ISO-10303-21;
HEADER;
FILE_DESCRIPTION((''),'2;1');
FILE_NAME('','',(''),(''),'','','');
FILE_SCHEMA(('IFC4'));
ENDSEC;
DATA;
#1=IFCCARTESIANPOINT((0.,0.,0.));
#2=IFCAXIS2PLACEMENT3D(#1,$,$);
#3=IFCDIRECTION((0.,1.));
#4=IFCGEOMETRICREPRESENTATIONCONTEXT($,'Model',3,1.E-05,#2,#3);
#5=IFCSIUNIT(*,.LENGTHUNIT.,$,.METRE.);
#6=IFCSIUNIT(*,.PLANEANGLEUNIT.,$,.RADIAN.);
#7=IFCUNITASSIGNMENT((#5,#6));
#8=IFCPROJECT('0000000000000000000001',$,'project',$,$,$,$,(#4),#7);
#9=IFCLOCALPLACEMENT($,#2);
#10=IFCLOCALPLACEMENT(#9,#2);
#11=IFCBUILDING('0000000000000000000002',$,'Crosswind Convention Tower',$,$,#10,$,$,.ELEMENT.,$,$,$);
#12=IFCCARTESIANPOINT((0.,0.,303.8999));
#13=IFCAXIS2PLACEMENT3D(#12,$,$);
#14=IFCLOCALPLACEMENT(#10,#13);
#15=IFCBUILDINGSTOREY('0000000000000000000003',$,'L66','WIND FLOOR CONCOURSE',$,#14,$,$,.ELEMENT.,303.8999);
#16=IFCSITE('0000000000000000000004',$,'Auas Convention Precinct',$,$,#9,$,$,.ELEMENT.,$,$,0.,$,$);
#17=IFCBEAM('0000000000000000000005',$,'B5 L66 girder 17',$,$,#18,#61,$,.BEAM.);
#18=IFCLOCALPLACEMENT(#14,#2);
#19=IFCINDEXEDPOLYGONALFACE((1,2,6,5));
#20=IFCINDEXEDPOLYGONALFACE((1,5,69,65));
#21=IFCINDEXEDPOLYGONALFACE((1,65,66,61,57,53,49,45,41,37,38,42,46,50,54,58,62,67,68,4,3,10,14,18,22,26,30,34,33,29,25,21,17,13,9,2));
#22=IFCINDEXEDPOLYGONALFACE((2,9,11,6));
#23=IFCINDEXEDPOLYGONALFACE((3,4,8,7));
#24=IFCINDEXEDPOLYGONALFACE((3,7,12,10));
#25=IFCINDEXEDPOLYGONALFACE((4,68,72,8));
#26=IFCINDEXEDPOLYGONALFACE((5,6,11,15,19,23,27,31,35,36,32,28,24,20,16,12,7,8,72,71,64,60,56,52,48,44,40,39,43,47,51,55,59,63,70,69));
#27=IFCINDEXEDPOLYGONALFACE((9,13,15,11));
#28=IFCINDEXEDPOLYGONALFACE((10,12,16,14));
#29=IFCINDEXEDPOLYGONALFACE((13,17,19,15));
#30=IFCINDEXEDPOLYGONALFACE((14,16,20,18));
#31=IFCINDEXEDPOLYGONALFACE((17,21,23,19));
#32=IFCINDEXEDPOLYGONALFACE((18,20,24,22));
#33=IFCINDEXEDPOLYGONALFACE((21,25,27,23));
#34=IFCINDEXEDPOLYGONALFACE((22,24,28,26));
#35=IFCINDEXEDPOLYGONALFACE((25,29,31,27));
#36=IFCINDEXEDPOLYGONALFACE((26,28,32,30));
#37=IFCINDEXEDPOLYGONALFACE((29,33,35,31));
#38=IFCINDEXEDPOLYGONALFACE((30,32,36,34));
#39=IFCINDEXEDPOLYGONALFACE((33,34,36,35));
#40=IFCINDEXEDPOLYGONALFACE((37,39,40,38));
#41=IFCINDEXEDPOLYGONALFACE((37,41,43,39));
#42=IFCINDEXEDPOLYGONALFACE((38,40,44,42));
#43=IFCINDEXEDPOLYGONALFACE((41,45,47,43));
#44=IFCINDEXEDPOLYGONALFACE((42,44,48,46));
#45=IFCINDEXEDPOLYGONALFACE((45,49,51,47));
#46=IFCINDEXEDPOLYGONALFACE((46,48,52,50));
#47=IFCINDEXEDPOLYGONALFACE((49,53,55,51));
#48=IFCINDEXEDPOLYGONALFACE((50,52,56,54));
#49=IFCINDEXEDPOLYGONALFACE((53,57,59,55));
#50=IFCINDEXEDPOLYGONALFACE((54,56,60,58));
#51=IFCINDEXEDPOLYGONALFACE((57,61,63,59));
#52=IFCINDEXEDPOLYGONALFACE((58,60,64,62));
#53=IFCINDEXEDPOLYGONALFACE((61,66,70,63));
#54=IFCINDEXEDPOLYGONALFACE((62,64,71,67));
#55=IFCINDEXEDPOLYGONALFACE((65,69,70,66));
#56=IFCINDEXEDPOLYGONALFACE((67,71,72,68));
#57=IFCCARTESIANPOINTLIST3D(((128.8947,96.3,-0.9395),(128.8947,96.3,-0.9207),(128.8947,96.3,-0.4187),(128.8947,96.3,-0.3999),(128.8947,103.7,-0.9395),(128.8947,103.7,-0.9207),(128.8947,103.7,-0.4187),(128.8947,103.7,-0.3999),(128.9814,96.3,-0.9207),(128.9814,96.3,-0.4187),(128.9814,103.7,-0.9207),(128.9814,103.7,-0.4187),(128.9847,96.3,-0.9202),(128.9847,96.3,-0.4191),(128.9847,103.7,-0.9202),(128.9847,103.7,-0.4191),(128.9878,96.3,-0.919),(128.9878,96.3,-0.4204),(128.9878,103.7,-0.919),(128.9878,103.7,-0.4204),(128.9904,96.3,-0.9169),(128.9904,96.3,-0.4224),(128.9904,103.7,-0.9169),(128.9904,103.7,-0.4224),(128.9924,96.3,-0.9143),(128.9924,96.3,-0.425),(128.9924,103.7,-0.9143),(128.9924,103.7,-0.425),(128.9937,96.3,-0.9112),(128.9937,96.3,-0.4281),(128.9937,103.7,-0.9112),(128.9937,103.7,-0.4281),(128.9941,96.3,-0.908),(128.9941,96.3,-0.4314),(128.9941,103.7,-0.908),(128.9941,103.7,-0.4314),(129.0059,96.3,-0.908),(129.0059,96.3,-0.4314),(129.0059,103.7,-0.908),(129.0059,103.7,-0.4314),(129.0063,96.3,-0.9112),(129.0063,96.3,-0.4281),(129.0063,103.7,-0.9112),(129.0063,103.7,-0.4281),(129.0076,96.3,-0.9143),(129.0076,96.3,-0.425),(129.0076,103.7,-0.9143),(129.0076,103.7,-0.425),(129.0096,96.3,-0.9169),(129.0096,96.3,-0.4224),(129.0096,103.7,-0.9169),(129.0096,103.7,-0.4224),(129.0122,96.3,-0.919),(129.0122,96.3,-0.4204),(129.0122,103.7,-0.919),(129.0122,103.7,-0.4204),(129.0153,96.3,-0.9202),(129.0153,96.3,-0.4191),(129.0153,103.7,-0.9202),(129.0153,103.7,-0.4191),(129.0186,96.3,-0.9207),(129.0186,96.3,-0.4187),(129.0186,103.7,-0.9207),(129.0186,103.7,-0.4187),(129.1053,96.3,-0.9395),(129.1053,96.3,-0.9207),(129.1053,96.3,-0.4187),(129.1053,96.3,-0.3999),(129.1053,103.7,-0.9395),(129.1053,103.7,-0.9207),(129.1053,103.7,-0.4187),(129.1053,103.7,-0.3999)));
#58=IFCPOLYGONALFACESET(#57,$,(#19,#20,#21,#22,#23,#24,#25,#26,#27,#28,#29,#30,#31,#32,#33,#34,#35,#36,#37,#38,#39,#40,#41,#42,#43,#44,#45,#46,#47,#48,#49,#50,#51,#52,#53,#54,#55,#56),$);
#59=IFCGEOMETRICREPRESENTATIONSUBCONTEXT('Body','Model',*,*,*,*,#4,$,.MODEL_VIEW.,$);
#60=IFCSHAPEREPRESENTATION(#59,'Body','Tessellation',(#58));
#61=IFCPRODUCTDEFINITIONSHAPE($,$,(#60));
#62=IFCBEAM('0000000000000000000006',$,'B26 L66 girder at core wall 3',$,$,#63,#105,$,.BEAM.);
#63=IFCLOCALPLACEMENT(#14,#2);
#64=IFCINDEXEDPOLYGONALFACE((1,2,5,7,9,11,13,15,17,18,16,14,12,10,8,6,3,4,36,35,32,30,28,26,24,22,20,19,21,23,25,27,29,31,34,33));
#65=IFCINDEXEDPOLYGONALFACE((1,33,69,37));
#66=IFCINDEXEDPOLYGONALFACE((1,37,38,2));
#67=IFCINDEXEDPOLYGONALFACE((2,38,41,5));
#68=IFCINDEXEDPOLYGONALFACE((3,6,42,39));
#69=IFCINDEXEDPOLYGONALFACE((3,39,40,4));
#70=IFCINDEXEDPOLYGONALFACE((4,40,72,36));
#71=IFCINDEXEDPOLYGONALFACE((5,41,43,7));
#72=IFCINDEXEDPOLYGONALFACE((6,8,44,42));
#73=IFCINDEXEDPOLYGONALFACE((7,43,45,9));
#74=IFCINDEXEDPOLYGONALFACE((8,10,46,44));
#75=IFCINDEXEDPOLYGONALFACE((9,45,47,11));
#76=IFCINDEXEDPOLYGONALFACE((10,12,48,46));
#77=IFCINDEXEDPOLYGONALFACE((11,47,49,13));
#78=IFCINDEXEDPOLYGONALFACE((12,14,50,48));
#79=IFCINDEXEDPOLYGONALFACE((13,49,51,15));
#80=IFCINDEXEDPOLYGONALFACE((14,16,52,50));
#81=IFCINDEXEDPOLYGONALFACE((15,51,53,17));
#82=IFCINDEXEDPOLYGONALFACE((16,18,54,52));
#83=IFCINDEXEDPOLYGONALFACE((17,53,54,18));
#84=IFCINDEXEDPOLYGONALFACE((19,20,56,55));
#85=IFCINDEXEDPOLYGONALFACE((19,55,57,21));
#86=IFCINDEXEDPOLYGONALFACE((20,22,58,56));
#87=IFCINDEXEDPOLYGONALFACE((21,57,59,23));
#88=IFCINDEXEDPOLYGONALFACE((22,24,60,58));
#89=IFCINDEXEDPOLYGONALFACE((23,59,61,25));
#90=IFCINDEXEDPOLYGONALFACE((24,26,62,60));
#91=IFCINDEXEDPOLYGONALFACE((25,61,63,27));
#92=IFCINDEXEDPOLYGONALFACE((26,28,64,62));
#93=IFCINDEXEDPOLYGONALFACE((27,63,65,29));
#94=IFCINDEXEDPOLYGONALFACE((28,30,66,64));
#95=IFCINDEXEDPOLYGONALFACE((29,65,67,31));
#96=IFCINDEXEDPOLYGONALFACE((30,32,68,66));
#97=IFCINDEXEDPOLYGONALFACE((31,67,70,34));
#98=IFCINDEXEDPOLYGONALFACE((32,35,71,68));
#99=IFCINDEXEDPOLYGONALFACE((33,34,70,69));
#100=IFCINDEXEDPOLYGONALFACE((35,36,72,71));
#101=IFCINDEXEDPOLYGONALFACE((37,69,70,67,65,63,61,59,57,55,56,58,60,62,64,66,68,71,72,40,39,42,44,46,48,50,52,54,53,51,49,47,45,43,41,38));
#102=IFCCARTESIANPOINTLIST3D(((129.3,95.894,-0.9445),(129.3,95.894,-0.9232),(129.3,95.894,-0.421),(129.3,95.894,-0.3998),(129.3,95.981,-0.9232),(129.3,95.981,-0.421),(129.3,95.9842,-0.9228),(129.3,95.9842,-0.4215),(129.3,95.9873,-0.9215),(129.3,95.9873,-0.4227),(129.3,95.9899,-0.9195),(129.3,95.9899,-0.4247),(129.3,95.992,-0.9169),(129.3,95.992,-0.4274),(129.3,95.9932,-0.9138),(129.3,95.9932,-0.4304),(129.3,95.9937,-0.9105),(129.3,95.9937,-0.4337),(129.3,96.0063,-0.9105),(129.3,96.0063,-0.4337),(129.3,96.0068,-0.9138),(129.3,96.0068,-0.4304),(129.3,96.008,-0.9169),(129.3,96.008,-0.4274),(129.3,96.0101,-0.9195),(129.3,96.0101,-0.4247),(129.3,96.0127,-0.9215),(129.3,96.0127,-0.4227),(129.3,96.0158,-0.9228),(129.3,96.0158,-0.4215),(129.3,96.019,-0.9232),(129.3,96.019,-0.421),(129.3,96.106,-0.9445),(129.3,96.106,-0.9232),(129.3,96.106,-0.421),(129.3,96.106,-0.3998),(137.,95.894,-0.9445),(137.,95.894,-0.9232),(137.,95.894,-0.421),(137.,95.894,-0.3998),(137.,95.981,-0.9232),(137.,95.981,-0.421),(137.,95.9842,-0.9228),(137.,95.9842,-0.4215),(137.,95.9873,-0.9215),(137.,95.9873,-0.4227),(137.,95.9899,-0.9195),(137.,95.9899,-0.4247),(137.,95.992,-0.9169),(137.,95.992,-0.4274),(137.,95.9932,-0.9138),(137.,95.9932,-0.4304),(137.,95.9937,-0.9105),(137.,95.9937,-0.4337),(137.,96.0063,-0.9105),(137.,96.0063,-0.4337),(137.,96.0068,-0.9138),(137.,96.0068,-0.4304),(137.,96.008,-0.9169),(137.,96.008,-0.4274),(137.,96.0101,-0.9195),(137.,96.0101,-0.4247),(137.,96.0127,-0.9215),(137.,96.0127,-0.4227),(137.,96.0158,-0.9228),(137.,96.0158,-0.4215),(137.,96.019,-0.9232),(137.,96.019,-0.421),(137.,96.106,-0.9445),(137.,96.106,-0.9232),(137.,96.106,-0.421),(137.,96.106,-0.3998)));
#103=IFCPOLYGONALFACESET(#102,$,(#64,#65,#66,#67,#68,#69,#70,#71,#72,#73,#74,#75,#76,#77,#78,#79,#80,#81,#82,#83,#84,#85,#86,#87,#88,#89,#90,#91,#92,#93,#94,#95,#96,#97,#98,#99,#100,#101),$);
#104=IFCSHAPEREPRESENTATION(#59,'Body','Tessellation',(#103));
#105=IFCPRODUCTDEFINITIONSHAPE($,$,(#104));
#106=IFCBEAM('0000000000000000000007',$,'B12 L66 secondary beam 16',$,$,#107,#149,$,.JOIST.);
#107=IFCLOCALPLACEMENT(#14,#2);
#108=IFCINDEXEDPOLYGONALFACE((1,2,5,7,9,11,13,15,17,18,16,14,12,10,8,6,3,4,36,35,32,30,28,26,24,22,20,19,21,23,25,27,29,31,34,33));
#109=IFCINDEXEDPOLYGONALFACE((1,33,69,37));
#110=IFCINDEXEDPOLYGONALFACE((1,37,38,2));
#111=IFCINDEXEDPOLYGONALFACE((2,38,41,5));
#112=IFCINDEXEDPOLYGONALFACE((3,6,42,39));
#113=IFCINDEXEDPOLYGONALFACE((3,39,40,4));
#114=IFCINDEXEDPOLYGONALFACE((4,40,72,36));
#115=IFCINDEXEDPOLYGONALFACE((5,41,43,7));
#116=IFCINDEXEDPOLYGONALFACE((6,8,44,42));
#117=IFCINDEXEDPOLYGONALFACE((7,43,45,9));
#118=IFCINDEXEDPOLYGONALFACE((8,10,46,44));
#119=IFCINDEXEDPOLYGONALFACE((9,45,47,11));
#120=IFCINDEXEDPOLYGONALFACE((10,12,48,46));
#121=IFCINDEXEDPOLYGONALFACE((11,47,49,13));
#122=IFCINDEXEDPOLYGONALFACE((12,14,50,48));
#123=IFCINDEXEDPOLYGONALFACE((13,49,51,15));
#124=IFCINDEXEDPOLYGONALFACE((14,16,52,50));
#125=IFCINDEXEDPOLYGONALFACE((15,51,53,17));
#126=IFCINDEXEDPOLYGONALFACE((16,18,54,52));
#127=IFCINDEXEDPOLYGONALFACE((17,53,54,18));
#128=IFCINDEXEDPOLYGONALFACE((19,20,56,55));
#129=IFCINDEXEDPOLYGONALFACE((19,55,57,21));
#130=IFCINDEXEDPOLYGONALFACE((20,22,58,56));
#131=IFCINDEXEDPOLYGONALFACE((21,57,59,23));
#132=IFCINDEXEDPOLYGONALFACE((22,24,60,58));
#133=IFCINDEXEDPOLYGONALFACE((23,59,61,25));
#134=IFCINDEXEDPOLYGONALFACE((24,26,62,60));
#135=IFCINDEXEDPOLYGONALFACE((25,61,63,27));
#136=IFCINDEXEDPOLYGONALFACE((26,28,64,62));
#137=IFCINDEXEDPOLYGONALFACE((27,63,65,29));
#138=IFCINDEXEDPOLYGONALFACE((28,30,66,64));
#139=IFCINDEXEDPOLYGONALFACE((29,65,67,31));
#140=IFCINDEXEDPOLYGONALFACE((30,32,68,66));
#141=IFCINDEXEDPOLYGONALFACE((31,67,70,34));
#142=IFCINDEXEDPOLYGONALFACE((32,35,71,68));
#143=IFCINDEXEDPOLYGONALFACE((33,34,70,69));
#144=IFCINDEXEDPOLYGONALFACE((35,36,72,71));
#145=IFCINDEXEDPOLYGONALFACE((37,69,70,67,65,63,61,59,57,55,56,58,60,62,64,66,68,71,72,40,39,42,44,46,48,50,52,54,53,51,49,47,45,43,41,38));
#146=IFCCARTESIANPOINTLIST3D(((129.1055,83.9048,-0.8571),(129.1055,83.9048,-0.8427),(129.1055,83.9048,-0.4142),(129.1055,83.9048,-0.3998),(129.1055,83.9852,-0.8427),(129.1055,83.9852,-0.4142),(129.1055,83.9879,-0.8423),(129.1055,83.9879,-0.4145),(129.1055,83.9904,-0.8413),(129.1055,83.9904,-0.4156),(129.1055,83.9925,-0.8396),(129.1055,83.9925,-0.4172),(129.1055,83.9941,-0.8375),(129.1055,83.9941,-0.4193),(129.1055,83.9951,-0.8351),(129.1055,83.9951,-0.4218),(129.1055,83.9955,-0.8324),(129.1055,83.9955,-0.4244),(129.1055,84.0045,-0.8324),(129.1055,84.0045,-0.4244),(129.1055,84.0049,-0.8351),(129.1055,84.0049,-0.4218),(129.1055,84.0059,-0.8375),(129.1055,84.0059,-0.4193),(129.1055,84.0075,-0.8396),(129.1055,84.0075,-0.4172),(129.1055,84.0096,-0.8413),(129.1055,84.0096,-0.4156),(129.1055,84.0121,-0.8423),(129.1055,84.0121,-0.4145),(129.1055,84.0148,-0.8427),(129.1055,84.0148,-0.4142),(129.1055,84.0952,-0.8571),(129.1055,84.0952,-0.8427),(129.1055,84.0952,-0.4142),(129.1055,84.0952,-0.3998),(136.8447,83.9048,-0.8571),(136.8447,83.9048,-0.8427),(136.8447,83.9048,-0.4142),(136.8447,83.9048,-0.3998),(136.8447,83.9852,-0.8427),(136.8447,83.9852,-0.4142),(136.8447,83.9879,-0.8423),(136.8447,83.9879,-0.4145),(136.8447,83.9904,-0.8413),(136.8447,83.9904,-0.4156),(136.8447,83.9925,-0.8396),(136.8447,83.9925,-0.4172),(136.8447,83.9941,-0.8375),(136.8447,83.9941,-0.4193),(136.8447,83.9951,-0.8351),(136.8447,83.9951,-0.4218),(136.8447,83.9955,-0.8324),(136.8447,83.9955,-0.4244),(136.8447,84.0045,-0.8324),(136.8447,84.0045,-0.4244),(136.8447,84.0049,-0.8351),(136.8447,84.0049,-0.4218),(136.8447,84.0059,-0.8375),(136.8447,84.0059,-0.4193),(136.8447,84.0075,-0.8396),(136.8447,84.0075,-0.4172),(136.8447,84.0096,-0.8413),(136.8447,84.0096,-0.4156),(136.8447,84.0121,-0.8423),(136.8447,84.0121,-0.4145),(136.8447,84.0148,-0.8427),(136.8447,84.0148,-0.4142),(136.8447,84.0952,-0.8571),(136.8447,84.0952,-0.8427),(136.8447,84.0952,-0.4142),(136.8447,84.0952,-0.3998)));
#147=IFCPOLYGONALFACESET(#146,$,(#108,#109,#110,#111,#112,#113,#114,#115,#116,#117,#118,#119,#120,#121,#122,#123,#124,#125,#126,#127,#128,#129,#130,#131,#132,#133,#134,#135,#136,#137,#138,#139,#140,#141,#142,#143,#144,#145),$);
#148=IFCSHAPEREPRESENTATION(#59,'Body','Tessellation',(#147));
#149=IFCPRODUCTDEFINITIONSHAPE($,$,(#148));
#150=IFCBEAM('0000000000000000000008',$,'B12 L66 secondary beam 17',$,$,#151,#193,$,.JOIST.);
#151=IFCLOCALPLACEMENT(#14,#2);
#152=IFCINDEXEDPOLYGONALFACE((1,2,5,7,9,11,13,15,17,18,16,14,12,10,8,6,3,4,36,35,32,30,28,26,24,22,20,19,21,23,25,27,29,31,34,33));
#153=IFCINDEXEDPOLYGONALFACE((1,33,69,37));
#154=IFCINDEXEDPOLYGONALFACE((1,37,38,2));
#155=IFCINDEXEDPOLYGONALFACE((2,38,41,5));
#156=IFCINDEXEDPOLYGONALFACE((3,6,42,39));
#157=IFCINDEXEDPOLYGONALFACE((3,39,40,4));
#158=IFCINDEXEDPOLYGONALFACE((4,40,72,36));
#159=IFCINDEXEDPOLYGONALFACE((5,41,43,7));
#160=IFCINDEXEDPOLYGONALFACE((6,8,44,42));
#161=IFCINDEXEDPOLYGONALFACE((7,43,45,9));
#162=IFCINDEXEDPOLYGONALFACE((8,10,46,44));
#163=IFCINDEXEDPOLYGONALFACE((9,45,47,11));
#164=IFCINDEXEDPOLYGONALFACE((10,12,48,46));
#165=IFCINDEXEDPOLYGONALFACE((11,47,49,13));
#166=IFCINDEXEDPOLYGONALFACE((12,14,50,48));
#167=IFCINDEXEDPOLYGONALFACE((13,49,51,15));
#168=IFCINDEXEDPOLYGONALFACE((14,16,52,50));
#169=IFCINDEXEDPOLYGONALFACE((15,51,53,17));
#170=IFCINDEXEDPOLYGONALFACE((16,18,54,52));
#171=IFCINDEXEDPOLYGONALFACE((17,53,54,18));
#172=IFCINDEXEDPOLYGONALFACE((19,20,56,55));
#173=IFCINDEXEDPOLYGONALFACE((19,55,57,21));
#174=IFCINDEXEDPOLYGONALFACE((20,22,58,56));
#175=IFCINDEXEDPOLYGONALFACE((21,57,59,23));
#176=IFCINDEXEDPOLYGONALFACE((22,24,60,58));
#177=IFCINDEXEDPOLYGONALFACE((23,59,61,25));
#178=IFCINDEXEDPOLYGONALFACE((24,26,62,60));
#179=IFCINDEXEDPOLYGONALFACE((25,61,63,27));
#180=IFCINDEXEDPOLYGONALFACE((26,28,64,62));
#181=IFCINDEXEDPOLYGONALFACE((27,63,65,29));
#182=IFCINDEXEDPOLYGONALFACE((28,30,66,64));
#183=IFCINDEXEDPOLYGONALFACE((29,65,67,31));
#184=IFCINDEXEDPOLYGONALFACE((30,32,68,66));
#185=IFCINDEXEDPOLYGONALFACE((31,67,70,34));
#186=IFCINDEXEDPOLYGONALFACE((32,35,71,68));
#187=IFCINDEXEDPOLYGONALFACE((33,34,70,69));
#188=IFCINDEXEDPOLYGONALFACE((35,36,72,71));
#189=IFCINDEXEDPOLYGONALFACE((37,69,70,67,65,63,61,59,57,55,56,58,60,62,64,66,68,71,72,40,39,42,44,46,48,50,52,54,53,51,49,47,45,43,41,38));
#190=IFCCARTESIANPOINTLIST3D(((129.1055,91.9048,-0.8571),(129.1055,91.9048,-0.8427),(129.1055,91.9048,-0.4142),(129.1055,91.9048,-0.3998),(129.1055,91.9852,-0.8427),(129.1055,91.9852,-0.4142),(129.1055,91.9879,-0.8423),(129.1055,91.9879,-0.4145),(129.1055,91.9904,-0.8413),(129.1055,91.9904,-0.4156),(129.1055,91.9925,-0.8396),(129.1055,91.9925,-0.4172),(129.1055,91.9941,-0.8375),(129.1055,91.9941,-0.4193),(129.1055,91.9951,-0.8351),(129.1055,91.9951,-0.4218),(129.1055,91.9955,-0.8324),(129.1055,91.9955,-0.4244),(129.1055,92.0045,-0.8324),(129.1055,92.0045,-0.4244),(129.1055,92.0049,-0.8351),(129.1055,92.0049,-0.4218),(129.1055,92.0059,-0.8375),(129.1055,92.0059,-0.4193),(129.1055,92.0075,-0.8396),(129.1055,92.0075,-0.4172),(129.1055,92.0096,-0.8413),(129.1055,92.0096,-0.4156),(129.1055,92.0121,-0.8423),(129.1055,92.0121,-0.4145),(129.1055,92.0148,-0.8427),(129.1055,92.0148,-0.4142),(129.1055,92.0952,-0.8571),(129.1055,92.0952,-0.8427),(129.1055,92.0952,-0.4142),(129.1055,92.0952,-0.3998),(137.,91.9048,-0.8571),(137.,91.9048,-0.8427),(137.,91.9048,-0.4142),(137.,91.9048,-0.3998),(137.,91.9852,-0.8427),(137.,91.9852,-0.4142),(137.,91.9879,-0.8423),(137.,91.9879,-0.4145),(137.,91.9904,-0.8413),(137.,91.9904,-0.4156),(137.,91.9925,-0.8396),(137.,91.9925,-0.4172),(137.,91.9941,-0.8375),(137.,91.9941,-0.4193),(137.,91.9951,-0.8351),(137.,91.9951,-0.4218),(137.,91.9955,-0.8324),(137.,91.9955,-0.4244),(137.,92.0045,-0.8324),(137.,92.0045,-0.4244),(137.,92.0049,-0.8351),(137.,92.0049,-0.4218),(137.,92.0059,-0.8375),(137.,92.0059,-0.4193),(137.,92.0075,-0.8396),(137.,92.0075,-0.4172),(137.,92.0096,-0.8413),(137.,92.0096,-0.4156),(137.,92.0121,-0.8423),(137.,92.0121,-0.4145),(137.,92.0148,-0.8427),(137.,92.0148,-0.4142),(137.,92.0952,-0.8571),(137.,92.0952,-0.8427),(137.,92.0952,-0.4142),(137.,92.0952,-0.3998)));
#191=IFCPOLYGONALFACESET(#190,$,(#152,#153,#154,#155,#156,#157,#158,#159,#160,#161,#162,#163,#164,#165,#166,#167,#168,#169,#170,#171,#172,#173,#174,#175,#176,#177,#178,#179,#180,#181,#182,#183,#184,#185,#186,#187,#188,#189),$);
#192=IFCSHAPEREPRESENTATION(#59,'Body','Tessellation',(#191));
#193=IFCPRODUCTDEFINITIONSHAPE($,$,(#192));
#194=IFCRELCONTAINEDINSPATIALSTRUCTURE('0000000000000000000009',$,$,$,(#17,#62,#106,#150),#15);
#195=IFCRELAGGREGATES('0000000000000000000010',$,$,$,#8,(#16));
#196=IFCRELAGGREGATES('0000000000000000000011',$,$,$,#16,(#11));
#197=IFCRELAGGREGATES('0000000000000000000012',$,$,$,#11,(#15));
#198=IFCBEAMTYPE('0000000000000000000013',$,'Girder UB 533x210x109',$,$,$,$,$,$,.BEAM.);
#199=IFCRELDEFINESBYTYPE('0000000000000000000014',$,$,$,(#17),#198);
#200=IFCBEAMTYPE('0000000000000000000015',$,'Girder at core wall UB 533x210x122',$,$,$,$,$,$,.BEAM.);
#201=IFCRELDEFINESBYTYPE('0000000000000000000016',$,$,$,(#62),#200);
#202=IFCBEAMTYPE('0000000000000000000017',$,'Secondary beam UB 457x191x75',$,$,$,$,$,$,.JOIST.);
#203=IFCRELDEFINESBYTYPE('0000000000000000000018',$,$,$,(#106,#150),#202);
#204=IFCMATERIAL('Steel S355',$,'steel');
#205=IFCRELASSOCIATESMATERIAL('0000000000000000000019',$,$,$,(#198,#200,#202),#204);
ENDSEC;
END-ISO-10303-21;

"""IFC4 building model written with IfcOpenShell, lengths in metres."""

from ifc_helpers import new_model, si_unit, direction, frame, origin, origin_2d, place, context, subcontext, project, spatial, i_section, extrude, material, material_profile, profile_set, type_object, element, save


model = new_model("IFC4")

# Units and contexts
model_context = context("Model", 3, precision=1e-05, world=origin(), true_north=direction((0.0, 1.0)))
body_context = subcontext(model_context, "Body", "Model", "MODEL_VIEW")
ifc_project = project(units=[si_unit("LENGTHUNIT", "METRE"), si_unit("PLANEANGLEUNIT", "RADIAN")], contexts=[model_context])

# Site, building, storey
site_placement = place(None, origin())
site = spatial("IfcSite", under=ifc_project, at=site_placement, Name="Auas Convention Precinct", CompositionType="ELEMENT", RefElevation=0.0)
building_placement = place(site_placement, origin())
building = spatial("IfcBuilding", under=site, at=building_placement, Name="Crosswind Convention Tower", CompositionType="ELEMENT")
storey_placement = place(building_placement, frame((0.0, 0.0, 303.8999)))
storey = spatial("IfcBuildingStorey", under=building, at=storey_placement, Name="L66", Description="WIND FLOOR CONCOURSE", CompositionType="ELEMENT", Elevation=303.8999)

# Beams
ifc_material_1 = material(Name="Steel S355", Category="steel")
ifc_material_profile_1 = material_profile(ifc_material_1, i_section(OverallWidth=0.2107, OverallDepth=0.5396, WebThickness=0.0117, FlangeThickness=0.0188, FilletRadius=0.0127, at=origin_2d()), Name="UB 533x210x109")
ifc_profile_set_1 = profile_set([ifc_material_profile_1], Name="Steel S355")
beam_type_1 = type_object("IfcBeamType", Name="Girder UB 533x210x109", PredefinedType="BEAM", material=ifc_profile_set_1)
for number, where, z_axis, x_axis, name in (
    (1, (129.0, 96.3, -0.6697), (0.0, 1.0, 0.0), (-1.0, 0.0, 0.0), "B5 L66 girder 17"),
):
    element("IfcBeam", number, at=place(storey_placement, frame(where, z_axis=z_axis, x_axis=x_axis)), inside=storey, type_object=beam_type_1, Name=name, PredefinedType="BEAM", context=body_context, shape_type="SweptSolid", body=[
        extrude(i_section(OverallWidth=0.2107, OverallDepth=0.5396, WebThickness=0.0117, FlangeThickness=0.0188, FilletRadius=0.0127, at=origin_2d()), origin(), (0.0, 0.0, 1.0), 7.3999),
    ])
ifc_material_profile_2 = material_profile(ifc_material_1, i_section(OverallWidth=0.2119, OverallDepth=0.5447, WebThickness=0.0127, FlangeThickness=0.0212, FilletRadius=0.0127, at=origin_2d()), Name="UB 533x210x122")
ifc_profile_set_2 = profile_set([ifc_material_profile_2], Name="Steel S355")
beam_type_2 = type_object("IfcBeamType", Name="Girder at core wall UB 533x210x122", PredefinedType="BEAM", material=ifc_profile_set_2)
beam_1_placement = place(storey_placement, frame((129.3, 96.0, -0.6721), z_axis=(1.0, 0.0, 0.0), x_axis=(0.0, 1.0, 0.0)))
element("IfcBeam", 2, at=beam_1_placement, inside=storey, type_object=beam_type_2, Name="B26 L66 girder at core wall 3", PredefinedType="BEAM", context=body_context, shape_type="SweptSolid", body=[
    extrude(i_section(OverallWidth=0.2119, OverallDepth=0.5447, WebThickness=0.0127, FlangeThickness=0.0212, FilletRadius=0.0127, at=origin_2d()), origin(), (0.0, 0.0, 1.0), 7.7),
])
ifc_material_profile_3 = material_profile(ifc_material_1, i_section(OverallWidth=0.1904, OverallDepth=0.4573, WebThickness=0.009, FlangeThickness=0.0144, FilletRadius=0.0103, at=origin_2d()), Name="UB 457x191x75")
ifc_profile_set_3 = profile_set([ifc_material_profile_3], Name="Steel S355")
beam_type_3 = type_object("IfcBeamType", Name="Secondary beam UB 457x191x75", PredefinedType="JOIST", material=ifc_profile_set_3)
beam_2_placement = place(storey_placement, frame((129.1055, 84.0, -0.6284), z_axis=(1.0, 0.0, 0.0), x_axis=(0.0, 1.0, 0.0)))
element("IfcBeam", 3, at=beam_2_placement, inside=storey, type_object=beam_type_3, Name="B12 L66 secondary beam 16", PredefinedType="JOIST", context=body_context, shape_type="SweptSolid", body=[
    extrude(i_section(OverallWidth=0.1904, OverallDepth=0.4573, WebThickness=0.009, FlangeThickness=0.0144, FilletRadius=0.0103, at=origin_2d()), origin(), (0.0, 0.0, 1.0), 7.7393),
])
beam_3_placement = place(storey_placement, frame((129.1055, 92.0, -0.6284), z_axis=(1.0, 0.0, 0.0), x_axis=(0.0, 1.0, 0.0)))
element("IfcBeam", 4, at=beam_3_placement, inside=storey, type_object=beam_type_3, Name="B12 L66 secondary beam 17", PredefinedType="JOIST", context=body_context, shape_type="SweptSolid", body=[
    extrude(i_section(OverallWidth=0.1904, OverallDepth=0.4573, WebThickness=0.009, FlangeThickness=0.0144, FilletRadius=0.0103, at=origin_2d()), origin(), (0.0, 0.0, 1.0), 7.8945),
])

save(model, "model.ifc")
